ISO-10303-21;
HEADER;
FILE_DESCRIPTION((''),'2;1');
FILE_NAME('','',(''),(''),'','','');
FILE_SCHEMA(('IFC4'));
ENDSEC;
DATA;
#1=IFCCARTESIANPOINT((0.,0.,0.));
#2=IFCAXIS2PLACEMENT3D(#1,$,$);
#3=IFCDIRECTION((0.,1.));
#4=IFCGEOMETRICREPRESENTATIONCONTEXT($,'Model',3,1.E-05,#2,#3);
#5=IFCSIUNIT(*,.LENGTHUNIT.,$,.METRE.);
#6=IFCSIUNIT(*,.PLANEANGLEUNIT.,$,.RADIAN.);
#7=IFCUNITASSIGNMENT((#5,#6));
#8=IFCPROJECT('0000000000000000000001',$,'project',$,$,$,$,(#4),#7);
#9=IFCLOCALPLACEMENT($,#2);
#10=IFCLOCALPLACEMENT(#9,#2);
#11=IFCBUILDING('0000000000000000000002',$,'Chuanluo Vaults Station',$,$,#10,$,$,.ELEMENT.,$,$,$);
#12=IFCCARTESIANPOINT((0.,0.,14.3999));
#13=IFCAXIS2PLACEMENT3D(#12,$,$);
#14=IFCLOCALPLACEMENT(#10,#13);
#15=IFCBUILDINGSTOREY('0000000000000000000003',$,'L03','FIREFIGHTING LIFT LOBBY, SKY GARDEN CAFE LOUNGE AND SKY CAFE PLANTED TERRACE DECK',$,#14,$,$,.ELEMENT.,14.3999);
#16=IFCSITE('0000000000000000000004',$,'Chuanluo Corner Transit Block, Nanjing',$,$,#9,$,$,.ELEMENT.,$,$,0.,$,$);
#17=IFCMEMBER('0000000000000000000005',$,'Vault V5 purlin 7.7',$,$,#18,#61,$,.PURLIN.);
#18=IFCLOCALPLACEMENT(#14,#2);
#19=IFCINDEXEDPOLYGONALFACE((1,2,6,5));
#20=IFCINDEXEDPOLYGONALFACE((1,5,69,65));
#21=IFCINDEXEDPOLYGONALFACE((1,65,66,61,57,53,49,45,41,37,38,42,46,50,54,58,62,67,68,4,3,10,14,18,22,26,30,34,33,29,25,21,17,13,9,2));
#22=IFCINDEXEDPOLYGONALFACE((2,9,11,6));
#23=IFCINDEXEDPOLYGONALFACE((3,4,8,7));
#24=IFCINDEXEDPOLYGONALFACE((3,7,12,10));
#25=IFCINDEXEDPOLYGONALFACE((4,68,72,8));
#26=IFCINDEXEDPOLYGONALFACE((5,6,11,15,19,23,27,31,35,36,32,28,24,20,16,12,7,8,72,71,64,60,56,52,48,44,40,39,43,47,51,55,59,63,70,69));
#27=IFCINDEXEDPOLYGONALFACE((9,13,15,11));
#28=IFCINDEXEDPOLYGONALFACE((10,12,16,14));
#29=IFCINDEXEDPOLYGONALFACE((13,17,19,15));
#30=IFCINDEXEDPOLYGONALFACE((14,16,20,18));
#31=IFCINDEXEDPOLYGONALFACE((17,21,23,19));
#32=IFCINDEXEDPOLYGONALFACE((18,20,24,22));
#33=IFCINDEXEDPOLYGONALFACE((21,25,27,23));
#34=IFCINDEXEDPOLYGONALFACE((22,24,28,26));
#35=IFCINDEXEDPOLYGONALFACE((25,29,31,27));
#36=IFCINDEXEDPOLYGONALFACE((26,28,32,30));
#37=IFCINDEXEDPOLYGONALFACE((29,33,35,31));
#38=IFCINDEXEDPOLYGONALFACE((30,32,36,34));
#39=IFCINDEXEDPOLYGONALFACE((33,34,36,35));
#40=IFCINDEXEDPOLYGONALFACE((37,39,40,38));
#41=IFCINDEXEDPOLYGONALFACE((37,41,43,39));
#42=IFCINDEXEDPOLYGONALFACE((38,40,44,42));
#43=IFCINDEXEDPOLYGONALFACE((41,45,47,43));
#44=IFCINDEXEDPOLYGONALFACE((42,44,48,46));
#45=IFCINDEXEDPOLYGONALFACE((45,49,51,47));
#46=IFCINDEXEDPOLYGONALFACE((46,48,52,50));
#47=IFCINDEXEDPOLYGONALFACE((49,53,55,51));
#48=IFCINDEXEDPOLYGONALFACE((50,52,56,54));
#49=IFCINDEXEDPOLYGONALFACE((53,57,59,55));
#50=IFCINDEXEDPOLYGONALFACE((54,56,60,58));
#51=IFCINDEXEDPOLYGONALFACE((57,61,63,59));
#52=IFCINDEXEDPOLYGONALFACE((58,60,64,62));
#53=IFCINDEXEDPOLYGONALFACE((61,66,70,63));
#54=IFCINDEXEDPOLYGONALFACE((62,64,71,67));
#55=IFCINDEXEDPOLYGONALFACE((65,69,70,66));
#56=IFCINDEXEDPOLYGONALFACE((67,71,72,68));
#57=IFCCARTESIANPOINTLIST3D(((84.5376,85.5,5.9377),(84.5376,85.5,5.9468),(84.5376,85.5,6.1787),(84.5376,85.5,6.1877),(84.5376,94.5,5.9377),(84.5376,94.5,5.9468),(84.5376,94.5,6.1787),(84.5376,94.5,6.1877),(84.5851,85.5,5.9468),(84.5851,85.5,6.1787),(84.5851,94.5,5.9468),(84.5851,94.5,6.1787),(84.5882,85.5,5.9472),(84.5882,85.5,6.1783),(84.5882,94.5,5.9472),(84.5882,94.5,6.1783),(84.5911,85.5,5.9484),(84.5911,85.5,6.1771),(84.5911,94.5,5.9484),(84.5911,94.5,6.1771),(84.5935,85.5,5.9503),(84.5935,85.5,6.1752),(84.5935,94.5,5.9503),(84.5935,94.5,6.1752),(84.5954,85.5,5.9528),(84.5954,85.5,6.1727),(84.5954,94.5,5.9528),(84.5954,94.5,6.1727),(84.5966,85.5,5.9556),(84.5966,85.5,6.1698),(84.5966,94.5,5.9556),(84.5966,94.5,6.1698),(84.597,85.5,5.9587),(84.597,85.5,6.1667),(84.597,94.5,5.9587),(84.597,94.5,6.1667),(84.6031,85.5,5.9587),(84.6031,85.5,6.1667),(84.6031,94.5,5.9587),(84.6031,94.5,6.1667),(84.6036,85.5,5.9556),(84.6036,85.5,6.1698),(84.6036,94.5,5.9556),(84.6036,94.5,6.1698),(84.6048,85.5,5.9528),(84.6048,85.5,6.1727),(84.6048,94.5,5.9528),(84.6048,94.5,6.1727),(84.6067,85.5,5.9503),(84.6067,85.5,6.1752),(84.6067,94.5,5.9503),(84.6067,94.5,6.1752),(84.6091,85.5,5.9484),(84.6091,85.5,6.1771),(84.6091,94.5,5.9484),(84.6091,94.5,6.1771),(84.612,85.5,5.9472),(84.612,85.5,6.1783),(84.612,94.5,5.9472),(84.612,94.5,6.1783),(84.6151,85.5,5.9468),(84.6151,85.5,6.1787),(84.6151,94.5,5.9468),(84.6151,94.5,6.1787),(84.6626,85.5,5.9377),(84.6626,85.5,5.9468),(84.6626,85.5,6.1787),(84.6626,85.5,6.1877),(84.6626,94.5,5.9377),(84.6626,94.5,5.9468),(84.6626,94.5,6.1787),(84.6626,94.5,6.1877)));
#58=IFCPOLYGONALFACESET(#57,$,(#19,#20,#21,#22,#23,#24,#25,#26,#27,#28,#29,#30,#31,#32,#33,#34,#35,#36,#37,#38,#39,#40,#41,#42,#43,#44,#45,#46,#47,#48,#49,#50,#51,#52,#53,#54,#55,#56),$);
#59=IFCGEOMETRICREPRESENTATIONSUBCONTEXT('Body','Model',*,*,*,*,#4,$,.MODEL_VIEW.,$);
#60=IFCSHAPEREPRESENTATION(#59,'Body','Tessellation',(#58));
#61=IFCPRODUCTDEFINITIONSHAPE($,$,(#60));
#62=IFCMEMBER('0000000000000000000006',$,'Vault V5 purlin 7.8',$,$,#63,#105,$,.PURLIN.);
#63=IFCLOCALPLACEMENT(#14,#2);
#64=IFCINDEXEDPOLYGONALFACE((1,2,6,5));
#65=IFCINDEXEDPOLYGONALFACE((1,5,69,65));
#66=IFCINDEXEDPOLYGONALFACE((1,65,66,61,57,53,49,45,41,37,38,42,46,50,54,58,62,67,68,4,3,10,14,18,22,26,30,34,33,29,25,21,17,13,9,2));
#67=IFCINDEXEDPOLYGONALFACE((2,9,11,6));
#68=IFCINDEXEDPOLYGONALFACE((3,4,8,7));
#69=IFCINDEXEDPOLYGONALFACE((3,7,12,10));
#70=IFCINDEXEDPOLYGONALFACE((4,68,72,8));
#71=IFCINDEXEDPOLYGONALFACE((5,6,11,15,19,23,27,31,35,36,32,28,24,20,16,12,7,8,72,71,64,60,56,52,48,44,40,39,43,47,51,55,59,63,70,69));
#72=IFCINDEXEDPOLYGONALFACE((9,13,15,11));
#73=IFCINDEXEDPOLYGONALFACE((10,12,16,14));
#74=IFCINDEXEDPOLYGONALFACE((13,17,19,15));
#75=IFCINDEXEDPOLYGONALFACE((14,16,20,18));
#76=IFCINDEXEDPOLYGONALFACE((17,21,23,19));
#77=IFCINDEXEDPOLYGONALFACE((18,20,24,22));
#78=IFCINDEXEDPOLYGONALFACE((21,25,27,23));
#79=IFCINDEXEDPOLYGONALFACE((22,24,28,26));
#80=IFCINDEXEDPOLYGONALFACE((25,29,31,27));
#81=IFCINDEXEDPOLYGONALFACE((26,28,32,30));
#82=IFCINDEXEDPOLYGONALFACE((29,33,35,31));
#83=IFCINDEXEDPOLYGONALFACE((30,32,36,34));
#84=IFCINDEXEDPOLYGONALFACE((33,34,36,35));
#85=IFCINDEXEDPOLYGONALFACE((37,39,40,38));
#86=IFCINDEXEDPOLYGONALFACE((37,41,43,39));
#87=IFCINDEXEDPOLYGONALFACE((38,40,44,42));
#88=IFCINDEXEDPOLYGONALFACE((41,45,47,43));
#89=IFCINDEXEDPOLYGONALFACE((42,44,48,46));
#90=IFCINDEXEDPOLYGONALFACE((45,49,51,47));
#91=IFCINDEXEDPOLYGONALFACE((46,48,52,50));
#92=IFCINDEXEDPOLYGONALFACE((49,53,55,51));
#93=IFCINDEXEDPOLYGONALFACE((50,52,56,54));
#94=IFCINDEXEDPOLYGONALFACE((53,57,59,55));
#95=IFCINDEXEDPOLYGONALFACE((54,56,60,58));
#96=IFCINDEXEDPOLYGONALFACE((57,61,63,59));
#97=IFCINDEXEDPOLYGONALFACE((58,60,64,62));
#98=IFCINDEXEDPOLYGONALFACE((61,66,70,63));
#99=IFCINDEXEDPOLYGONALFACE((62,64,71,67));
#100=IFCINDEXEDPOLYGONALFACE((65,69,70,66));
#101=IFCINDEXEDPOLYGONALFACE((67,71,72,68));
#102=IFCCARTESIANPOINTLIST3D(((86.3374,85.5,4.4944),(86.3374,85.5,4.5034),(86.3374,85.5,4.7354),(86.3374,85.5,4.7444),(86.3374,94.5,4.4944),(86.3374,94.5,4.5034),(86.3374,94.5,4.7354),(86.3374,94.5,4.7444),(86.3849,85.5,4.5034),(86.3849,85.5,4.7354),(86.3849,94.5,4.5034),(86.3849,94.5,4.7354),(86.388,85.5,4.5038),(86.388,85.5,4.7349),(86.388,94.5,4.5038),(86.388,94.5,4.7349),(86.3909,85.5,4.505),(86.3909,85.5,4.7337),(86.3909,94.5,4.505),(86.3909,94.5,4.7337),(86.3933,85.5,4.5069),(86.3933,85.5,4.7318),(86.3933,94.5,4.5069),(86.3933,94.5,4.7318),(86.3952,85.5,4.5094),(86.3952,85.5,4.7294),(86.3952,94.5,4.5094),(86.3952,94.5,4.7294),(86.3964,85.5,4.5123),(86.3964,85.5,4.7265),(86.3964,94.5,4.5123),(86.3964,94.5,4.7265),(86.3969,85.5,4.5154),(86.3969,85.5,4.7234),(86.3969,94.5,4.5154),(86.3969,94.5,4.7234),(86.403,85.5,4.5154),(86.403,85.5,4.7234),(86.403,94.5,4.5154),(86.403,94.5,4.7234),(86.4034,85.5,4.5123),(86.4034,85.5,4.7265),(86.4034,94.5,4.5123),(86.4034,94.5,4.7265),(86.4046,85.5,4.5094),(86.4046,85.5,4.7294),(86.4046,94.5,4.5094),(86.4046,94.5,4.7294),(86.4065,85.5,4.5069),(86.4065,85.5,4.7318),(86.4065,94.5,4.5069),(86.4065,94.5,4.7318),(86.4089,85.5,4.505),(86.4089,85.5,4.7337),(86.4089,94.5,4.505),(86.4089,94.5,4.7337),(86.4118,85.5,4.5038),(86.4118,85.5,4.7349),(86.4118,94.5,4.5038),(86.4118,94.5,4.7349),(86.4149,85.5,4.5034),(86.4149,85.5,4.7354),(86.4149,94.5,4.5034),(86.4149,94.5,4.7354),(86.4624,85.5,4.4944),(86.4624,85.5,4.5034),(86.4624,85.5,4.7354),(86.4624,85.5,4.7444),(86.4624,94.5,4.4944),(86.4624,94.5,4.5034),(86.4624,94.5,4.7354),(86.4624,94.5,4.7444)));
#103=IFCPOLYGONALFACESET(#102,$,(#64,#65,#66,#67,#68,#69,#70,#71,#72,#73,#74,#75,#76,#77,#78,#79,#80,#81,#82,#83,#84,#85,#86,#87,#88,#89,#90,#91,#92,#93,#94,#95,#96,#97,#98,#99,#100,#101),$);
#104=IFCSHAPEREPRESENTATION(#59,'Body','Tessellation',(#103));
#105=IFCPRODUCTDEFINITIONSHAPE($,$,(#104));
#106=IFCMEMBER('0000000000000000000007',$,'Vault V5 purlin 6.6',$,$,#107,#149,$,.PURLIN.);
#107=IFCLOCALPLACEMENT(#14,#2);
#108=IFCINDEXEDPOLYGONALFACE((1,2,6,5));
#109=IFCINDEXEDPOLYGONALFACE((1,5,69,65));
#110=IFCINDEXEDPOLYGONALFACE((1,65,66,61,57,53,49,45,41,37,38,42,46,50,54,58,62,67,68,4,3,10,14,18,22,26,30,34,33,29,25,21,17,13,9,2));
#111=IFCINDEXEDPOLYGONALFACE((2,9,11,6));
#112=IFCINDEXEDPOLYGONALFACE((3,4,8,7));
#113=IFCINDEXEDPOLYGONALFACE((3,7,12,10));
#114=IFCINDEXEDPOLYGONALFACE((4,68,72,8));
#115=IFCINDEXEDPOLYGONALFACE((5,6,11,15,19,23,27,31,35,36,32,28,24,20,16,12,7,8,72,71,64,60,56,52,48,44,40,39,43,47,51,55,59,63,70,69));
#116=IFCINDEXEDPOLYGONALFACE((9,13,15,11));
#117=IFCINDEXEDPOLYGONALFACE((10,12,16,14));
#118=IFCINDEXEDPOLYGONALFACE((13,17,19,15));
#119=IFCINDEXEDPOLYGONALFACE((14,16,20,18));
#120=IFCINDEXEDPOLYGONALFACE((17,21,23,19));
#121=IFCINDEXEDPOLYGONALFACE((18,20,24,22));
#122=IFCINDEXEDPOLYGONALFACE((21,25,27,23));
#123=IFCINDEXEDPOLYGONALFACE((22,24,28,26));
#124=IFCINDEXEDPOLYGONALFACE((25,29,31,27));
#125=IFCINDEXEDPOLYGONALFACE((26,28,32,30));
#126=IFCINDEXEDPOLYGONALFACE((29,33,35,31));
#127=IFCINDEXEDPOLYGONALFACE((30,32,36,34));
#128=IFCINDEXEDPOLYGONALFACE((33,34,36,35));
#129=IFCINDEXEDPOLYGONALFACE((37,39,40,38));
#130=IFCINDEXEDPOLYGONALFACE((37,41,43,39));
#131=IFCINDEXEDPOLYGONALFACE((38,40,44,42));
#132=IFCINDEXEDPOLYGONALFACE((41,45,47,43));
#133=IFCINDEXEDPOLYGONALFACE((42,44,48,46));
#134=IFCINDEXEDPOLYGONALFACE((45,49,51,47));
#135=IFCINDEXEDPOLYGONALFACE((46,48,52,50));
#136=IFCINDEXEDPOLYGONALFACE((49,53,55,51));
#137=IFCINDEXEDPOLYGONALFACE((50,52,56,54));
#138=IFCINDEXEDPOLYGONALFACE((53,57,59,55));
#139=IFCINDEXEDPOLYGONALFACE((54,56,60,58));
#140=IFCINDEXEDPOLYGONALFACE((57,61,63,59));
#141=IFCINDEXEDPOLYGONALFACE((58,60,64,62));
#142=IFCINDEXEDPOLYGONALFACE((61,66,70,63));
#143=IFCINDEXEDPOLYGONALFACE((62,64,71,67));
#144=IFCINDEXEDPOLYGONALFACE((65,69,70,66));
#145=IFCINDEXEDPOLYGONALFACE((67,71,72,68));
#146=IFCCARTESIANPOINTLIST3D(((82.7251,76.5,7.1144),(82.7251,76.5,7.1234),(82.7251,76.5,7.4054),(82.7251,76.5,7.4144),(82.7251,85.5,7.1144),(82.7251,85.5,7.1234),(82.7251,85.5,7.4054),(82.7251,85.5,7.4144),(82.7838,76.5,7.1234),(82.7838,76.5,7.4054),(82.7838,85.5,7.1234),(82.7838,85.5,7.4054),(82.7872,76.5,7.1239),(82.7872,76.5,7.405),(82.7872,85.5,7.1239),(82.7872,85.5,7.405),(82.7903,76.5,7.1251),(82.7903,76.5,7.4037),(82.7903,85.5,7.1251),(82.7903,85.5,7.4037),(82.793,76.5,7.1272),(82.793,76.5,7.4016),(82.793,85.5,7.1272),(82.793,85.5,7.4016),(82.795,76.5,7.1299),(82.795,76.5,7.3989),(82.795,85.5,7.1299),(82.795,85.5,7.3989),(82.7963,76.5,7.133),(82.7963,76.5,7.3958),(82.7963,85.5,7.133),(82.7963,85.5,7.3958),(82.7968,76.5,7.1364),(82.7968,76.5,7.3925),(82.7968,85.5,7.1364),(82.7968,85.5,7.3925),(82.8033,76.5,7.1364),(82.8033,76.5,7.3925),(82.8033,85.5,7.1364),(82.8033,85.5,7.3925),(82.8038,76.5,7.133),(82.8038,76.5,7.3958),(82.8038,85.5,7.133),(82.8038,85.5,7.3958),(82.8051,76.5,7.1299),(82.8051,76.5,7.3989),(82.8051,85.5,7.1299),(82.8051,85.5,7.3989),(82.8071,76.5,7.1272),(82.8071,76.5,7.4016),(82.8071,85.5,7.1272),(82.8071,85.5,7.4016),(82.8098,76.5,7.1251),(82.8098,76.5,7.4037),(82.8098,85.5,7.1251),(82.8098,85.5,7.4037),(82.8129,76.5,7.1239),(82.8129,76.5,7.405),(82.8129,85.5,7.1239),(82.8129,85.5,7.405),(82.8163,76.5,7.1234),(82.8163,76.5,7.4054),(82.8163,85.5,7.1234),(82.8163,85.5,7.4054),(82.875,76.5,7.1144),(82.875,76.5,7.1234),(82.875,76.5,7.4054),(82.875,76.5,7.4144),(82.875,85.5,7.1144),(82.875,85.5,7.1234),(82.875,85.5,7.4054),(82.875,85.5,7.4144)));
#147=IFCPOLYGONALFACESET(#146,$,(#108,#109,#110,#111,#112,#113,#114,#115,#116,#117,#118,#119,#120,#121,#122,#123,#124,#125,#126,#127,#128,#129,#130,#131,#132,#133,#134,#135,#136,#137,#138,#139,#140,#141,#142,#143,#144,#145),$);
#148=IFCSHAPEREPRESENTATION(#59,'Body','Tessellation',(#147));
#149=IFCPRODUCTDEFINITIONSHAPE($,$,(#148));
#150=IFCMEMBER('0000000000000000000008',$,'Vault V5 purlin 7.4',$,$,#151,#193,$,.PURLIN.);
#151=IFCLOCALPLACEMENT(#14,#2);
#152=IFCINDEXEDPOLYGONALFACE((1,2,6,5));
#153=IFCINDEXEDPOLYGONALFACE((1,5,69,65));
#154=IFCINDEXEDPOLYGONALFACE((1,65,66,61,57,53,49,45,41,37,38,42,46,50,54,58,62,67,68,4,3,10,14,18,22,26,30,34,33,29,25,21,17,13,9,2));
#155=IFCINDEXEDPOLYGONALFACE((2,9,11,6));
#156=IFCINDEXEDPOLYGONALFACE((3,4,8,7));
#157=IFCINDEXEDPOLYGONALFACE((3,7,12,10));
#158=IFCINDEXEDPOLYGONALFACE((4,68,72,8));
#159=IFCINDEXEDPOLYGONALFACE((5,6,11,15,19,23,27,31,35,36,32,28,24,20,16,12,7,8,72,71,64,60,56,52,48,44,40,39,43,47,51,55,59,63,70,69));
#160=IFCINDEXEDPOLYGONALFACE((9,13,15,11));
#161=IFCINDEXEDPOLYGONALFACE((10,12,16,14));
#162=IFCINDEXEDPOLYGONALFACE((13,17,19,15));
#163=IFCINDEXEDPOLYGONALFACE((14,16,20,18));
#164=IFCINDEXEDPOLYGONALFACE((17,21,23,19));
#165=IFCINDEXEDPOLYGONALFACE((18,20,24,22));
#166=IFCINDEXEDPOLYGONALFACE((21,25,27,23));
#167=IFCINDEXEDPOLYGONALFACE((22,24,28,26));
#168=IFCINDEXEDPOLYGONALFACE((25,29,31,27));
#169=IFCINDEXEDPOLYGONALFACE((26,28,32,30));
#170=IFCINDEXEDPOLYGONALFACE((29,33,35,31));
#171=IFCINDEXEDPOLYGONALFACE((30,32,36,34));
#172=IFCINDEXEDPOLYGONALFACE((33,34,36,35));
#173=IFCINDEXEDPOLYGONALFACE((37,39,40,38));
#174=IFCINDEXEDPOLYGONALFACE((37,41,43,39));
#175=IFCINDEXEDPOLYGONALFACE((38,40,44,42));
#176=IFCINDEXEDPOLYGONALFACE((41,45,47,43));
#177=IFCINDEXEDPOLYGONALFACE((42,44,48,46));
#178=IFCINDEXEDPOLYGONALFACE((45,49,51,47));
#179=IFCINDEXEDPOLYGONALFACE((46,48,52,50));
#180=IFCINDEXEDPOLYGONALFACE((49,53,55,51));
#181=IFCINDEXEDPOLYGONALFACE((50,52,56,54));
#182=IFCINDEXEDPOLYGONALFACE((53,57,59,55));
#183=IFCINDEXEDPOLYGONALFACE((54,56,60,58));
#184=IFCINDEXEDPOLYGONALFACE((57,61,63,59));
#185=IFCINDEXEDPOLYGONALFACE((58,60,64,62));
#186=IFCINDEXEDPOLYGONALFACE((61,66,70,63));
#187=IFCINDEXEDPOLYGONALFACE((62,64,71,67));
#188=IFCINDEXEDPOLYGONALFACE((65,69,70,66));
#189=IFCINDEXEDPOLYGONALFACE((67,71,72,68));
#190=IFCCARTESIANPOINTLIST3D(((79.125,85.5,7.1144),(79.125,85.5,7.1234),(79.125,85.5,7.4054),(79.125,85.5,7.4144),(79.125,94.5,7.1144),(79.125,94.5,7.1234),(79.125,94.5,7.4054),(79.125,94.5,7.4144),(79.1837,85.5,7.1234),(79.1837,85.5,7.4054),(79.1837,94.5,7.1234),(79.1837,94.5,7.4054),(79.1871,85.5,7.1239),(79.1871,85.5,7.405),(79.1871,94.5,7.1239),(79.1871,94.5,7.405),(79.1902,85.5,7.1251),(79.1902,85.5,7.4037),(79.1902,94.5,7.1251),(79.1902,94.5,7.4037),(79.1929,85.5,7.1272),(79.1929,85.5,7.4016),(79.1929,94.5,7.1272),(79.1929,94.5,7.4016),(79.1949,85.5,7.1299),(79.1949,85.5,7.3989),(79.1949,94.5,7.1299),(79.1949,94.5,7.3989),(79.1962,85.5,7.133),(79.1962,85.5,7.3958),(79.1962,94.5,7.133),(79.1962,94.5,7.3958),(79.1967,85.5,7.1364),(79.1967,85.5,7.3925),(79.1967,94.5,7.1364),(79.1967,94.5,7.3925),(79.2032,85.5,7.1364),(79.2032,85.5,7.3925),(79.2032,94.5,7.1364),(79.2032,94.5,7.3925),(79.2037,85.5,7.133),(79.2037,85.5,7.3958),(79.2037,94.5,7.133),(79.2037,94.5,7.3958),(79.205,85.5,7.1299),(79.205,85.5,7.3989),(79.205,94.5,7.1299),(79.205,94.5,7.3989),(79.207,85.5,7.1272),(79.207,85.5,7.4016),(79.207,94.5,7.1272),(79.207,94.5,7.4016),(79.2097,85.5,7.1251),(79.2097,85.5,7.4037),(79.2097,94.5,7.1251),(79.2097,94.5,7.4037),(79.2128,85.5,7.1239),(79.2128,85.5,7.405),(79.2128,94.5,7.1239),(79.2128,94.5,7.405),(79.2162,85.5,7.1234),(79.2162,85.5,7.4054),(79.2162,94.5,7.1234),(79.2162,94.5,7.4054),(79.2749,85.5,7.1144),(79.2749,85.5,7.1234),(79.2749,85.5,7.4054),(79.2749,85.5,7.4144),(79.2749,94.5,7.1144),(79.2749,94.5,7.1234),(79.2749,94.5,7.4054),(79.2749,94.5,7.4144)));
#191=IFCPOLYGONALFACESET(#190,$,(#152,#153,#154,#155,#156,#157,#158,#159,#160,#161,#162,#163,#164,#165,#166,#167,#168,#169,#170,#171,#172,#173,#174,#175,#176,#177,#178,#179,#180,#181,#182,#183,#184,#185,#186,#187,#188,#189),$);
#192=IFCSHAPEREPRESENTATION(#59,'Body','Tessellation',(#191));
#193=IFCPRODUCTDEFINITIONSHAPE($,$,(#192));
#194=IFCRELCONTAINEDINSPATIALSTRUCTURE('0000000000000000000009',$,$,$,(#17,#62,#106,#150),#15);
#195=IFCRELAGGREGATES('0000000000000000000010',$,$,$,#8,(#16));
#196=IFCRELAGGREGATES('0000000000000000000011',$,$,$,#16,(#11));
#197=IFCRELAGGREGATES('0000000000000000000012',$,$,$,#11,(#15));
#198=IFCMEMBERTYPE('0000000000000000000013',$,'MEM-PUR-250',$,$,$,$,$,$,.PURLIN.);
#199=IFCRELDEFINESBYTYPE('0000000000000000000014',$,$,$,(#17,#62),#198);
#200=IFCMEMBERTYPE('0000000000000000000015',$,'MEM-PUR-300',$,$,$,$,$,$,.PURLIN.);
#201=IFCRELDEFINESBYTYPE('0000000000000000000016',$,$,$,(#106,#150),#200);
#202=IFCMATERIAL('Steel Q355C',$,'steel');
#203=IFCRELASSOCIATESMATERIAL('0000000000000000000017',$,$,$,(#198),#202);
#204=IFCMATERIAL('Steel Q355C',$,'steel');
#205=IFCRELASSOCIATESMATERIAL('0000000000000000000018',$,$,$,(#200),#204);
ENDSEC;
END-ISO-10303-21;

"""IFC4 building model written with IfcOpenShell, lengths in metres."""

from ifc_helpers import new_model, si_unit, direction, frame, origin, origin_2d, place, context, subcontext, project, spatial, i_section, extrude, material, material_profile, profile_set, type_object, element, save


model = new_model("IFC4")

# Units and contexts
model_context = context("Model", 3, precision=1e-05, world=origin(), true_north=direction((0.0, 1.0)))
body_context = subcontext(model_context, "Body", "Model", "MODEL_VIEW")
ifc_project = project(units=[si_unit("LENGTHUNIT", "METRE"), si_unit("PLANEANGLEUNIT", "RADIAN")], contexts=[model_context])

# Site, building, storey
site_placement = place(None, origin())
site = spatial("IfcSite", under=ifc_project, at=site_placement, Name="Chuanluo Corner Transit Block, Nanjing", CompositionType="ELEMENT", RefElevation=0.0)
building_placement = place(site_placement, origin())
building = spatial("IfcBuilding", under=site, at=building_placement, Name="Chuanluo Vaults Station", CompositionType="ELEMENT")
storey_placement = place(building_placement, frame((0.0, 0.0, 14.3999)))
storey = spatial("IfcBuildingStorey", under=building, at=storey_placement, Name="L03", Description="FIREFIGHTING LIFT LOBBY, SKY GARDEN CAFE LOUNGE AND SKY CAFE PLANTED TERRACE DECK", CompositionType="ELEMENT", Elevation=14.3999)

# Members
ifc_material_1 = material(Name="Steel Q355C", Category="steel")
ifc_material_profile_1 = material_profile(ifc_material_1, i_section(OverallWidth=0.125, OverallDepth=0.25, WebThickness=0.0061, FlangeThickness=0.009, FilletRadius=0.012, at=origin_2d()))
ifc_profile_set_1 = profile_set([ifc_material_profile_1], Name="Steel Q355C")
member_type_1 = type_object("IfcMemberType", Name="MEM-PUR-250", PredefinedType="PURLIN", material=ifc_profile_set_1)
for number, where, z_axis, x_axis, name in (
    (1, (84.6001, 85.5, 6.0627), (0.0, 1.0, 0.0), (-1.0, 0.0, 0.0), "Vault V5 purlin 7.7"),
    (2, (86.3999, 85.5, 4.6194), (0.0, 1.0, 0.0), (-1.0, 0.0, 0.0), "Vault V5 purlin 7.8"),
):
    element("IfcMember", number, at=place(storey_placement, frame(where, z_axis=z_axis, x_axis=x_axis)), inside=storey, type_object=member_type_1, Name=name, PredefinedType="PURLIN", context=body_context, shape_type="SweptSolid", body=[
        extrude(i_section(OverallWidth=0.125, OverallDepth=0.25, WebThickness=0.0061, FlangeThickness=0.009, FilletRadius=0.012, at=origin_2d()), origin(), (0.0, 0.0, 1.0), 9.0),
    ])
ifc_material_2 = material(Name="Steel Q355C", Category="steel")
ifc_material_profile_2 = material_profile(ifc_material_2, i_section(OverallWidth=0.1499, OverallDepth=0.3, WebThickness=0.0066, FlangeThickness=0.009, FilletRadius=0.0129, at=origin_2d()))
ifc_profile_set_2 = profile_set([ifc_material_profile_2], Name="Steel Q355C")
member_type_2 = type_object("IfcMemberType", Name="MEM-PUR-300", PredefinedType="PURLIN", material=ifc_profile_set_2)
for number, where, z_axis, x_axis, name in (
    (3, (82.8, 76.5, 7.2644), (0.0, 1.0, 0.0), (-1.0, 0.0, 0.0), "Vault V5 purlin 6.6"),
    (4, (79.2, 85.5, 7.2644), (0.0, 1.0, 0.0), (-1.0, 0.0, 0.0), "Vault V5 purlin 7.4"),
):
    element("IfcMember", number, at=place(storey_placement, frame(where, z_axis=z_axis, x_axis=x_axis)), inside=storey, type_object=member_type_2, Name=name, PredefinedType="PURLIN", context=body_context, shape_type="SweptSolid", body=[
        extrude(i_section(OverallWidth=0.1499, OverallDepth=0.3, WebThickness=0.0066, FlangeThickness=0.009, FilletRadius=0.0129, at=origin_2d()), origin(), (0.0, 0.0, 1.0), 9.0),
    ])

save(model, "model.ifc")
